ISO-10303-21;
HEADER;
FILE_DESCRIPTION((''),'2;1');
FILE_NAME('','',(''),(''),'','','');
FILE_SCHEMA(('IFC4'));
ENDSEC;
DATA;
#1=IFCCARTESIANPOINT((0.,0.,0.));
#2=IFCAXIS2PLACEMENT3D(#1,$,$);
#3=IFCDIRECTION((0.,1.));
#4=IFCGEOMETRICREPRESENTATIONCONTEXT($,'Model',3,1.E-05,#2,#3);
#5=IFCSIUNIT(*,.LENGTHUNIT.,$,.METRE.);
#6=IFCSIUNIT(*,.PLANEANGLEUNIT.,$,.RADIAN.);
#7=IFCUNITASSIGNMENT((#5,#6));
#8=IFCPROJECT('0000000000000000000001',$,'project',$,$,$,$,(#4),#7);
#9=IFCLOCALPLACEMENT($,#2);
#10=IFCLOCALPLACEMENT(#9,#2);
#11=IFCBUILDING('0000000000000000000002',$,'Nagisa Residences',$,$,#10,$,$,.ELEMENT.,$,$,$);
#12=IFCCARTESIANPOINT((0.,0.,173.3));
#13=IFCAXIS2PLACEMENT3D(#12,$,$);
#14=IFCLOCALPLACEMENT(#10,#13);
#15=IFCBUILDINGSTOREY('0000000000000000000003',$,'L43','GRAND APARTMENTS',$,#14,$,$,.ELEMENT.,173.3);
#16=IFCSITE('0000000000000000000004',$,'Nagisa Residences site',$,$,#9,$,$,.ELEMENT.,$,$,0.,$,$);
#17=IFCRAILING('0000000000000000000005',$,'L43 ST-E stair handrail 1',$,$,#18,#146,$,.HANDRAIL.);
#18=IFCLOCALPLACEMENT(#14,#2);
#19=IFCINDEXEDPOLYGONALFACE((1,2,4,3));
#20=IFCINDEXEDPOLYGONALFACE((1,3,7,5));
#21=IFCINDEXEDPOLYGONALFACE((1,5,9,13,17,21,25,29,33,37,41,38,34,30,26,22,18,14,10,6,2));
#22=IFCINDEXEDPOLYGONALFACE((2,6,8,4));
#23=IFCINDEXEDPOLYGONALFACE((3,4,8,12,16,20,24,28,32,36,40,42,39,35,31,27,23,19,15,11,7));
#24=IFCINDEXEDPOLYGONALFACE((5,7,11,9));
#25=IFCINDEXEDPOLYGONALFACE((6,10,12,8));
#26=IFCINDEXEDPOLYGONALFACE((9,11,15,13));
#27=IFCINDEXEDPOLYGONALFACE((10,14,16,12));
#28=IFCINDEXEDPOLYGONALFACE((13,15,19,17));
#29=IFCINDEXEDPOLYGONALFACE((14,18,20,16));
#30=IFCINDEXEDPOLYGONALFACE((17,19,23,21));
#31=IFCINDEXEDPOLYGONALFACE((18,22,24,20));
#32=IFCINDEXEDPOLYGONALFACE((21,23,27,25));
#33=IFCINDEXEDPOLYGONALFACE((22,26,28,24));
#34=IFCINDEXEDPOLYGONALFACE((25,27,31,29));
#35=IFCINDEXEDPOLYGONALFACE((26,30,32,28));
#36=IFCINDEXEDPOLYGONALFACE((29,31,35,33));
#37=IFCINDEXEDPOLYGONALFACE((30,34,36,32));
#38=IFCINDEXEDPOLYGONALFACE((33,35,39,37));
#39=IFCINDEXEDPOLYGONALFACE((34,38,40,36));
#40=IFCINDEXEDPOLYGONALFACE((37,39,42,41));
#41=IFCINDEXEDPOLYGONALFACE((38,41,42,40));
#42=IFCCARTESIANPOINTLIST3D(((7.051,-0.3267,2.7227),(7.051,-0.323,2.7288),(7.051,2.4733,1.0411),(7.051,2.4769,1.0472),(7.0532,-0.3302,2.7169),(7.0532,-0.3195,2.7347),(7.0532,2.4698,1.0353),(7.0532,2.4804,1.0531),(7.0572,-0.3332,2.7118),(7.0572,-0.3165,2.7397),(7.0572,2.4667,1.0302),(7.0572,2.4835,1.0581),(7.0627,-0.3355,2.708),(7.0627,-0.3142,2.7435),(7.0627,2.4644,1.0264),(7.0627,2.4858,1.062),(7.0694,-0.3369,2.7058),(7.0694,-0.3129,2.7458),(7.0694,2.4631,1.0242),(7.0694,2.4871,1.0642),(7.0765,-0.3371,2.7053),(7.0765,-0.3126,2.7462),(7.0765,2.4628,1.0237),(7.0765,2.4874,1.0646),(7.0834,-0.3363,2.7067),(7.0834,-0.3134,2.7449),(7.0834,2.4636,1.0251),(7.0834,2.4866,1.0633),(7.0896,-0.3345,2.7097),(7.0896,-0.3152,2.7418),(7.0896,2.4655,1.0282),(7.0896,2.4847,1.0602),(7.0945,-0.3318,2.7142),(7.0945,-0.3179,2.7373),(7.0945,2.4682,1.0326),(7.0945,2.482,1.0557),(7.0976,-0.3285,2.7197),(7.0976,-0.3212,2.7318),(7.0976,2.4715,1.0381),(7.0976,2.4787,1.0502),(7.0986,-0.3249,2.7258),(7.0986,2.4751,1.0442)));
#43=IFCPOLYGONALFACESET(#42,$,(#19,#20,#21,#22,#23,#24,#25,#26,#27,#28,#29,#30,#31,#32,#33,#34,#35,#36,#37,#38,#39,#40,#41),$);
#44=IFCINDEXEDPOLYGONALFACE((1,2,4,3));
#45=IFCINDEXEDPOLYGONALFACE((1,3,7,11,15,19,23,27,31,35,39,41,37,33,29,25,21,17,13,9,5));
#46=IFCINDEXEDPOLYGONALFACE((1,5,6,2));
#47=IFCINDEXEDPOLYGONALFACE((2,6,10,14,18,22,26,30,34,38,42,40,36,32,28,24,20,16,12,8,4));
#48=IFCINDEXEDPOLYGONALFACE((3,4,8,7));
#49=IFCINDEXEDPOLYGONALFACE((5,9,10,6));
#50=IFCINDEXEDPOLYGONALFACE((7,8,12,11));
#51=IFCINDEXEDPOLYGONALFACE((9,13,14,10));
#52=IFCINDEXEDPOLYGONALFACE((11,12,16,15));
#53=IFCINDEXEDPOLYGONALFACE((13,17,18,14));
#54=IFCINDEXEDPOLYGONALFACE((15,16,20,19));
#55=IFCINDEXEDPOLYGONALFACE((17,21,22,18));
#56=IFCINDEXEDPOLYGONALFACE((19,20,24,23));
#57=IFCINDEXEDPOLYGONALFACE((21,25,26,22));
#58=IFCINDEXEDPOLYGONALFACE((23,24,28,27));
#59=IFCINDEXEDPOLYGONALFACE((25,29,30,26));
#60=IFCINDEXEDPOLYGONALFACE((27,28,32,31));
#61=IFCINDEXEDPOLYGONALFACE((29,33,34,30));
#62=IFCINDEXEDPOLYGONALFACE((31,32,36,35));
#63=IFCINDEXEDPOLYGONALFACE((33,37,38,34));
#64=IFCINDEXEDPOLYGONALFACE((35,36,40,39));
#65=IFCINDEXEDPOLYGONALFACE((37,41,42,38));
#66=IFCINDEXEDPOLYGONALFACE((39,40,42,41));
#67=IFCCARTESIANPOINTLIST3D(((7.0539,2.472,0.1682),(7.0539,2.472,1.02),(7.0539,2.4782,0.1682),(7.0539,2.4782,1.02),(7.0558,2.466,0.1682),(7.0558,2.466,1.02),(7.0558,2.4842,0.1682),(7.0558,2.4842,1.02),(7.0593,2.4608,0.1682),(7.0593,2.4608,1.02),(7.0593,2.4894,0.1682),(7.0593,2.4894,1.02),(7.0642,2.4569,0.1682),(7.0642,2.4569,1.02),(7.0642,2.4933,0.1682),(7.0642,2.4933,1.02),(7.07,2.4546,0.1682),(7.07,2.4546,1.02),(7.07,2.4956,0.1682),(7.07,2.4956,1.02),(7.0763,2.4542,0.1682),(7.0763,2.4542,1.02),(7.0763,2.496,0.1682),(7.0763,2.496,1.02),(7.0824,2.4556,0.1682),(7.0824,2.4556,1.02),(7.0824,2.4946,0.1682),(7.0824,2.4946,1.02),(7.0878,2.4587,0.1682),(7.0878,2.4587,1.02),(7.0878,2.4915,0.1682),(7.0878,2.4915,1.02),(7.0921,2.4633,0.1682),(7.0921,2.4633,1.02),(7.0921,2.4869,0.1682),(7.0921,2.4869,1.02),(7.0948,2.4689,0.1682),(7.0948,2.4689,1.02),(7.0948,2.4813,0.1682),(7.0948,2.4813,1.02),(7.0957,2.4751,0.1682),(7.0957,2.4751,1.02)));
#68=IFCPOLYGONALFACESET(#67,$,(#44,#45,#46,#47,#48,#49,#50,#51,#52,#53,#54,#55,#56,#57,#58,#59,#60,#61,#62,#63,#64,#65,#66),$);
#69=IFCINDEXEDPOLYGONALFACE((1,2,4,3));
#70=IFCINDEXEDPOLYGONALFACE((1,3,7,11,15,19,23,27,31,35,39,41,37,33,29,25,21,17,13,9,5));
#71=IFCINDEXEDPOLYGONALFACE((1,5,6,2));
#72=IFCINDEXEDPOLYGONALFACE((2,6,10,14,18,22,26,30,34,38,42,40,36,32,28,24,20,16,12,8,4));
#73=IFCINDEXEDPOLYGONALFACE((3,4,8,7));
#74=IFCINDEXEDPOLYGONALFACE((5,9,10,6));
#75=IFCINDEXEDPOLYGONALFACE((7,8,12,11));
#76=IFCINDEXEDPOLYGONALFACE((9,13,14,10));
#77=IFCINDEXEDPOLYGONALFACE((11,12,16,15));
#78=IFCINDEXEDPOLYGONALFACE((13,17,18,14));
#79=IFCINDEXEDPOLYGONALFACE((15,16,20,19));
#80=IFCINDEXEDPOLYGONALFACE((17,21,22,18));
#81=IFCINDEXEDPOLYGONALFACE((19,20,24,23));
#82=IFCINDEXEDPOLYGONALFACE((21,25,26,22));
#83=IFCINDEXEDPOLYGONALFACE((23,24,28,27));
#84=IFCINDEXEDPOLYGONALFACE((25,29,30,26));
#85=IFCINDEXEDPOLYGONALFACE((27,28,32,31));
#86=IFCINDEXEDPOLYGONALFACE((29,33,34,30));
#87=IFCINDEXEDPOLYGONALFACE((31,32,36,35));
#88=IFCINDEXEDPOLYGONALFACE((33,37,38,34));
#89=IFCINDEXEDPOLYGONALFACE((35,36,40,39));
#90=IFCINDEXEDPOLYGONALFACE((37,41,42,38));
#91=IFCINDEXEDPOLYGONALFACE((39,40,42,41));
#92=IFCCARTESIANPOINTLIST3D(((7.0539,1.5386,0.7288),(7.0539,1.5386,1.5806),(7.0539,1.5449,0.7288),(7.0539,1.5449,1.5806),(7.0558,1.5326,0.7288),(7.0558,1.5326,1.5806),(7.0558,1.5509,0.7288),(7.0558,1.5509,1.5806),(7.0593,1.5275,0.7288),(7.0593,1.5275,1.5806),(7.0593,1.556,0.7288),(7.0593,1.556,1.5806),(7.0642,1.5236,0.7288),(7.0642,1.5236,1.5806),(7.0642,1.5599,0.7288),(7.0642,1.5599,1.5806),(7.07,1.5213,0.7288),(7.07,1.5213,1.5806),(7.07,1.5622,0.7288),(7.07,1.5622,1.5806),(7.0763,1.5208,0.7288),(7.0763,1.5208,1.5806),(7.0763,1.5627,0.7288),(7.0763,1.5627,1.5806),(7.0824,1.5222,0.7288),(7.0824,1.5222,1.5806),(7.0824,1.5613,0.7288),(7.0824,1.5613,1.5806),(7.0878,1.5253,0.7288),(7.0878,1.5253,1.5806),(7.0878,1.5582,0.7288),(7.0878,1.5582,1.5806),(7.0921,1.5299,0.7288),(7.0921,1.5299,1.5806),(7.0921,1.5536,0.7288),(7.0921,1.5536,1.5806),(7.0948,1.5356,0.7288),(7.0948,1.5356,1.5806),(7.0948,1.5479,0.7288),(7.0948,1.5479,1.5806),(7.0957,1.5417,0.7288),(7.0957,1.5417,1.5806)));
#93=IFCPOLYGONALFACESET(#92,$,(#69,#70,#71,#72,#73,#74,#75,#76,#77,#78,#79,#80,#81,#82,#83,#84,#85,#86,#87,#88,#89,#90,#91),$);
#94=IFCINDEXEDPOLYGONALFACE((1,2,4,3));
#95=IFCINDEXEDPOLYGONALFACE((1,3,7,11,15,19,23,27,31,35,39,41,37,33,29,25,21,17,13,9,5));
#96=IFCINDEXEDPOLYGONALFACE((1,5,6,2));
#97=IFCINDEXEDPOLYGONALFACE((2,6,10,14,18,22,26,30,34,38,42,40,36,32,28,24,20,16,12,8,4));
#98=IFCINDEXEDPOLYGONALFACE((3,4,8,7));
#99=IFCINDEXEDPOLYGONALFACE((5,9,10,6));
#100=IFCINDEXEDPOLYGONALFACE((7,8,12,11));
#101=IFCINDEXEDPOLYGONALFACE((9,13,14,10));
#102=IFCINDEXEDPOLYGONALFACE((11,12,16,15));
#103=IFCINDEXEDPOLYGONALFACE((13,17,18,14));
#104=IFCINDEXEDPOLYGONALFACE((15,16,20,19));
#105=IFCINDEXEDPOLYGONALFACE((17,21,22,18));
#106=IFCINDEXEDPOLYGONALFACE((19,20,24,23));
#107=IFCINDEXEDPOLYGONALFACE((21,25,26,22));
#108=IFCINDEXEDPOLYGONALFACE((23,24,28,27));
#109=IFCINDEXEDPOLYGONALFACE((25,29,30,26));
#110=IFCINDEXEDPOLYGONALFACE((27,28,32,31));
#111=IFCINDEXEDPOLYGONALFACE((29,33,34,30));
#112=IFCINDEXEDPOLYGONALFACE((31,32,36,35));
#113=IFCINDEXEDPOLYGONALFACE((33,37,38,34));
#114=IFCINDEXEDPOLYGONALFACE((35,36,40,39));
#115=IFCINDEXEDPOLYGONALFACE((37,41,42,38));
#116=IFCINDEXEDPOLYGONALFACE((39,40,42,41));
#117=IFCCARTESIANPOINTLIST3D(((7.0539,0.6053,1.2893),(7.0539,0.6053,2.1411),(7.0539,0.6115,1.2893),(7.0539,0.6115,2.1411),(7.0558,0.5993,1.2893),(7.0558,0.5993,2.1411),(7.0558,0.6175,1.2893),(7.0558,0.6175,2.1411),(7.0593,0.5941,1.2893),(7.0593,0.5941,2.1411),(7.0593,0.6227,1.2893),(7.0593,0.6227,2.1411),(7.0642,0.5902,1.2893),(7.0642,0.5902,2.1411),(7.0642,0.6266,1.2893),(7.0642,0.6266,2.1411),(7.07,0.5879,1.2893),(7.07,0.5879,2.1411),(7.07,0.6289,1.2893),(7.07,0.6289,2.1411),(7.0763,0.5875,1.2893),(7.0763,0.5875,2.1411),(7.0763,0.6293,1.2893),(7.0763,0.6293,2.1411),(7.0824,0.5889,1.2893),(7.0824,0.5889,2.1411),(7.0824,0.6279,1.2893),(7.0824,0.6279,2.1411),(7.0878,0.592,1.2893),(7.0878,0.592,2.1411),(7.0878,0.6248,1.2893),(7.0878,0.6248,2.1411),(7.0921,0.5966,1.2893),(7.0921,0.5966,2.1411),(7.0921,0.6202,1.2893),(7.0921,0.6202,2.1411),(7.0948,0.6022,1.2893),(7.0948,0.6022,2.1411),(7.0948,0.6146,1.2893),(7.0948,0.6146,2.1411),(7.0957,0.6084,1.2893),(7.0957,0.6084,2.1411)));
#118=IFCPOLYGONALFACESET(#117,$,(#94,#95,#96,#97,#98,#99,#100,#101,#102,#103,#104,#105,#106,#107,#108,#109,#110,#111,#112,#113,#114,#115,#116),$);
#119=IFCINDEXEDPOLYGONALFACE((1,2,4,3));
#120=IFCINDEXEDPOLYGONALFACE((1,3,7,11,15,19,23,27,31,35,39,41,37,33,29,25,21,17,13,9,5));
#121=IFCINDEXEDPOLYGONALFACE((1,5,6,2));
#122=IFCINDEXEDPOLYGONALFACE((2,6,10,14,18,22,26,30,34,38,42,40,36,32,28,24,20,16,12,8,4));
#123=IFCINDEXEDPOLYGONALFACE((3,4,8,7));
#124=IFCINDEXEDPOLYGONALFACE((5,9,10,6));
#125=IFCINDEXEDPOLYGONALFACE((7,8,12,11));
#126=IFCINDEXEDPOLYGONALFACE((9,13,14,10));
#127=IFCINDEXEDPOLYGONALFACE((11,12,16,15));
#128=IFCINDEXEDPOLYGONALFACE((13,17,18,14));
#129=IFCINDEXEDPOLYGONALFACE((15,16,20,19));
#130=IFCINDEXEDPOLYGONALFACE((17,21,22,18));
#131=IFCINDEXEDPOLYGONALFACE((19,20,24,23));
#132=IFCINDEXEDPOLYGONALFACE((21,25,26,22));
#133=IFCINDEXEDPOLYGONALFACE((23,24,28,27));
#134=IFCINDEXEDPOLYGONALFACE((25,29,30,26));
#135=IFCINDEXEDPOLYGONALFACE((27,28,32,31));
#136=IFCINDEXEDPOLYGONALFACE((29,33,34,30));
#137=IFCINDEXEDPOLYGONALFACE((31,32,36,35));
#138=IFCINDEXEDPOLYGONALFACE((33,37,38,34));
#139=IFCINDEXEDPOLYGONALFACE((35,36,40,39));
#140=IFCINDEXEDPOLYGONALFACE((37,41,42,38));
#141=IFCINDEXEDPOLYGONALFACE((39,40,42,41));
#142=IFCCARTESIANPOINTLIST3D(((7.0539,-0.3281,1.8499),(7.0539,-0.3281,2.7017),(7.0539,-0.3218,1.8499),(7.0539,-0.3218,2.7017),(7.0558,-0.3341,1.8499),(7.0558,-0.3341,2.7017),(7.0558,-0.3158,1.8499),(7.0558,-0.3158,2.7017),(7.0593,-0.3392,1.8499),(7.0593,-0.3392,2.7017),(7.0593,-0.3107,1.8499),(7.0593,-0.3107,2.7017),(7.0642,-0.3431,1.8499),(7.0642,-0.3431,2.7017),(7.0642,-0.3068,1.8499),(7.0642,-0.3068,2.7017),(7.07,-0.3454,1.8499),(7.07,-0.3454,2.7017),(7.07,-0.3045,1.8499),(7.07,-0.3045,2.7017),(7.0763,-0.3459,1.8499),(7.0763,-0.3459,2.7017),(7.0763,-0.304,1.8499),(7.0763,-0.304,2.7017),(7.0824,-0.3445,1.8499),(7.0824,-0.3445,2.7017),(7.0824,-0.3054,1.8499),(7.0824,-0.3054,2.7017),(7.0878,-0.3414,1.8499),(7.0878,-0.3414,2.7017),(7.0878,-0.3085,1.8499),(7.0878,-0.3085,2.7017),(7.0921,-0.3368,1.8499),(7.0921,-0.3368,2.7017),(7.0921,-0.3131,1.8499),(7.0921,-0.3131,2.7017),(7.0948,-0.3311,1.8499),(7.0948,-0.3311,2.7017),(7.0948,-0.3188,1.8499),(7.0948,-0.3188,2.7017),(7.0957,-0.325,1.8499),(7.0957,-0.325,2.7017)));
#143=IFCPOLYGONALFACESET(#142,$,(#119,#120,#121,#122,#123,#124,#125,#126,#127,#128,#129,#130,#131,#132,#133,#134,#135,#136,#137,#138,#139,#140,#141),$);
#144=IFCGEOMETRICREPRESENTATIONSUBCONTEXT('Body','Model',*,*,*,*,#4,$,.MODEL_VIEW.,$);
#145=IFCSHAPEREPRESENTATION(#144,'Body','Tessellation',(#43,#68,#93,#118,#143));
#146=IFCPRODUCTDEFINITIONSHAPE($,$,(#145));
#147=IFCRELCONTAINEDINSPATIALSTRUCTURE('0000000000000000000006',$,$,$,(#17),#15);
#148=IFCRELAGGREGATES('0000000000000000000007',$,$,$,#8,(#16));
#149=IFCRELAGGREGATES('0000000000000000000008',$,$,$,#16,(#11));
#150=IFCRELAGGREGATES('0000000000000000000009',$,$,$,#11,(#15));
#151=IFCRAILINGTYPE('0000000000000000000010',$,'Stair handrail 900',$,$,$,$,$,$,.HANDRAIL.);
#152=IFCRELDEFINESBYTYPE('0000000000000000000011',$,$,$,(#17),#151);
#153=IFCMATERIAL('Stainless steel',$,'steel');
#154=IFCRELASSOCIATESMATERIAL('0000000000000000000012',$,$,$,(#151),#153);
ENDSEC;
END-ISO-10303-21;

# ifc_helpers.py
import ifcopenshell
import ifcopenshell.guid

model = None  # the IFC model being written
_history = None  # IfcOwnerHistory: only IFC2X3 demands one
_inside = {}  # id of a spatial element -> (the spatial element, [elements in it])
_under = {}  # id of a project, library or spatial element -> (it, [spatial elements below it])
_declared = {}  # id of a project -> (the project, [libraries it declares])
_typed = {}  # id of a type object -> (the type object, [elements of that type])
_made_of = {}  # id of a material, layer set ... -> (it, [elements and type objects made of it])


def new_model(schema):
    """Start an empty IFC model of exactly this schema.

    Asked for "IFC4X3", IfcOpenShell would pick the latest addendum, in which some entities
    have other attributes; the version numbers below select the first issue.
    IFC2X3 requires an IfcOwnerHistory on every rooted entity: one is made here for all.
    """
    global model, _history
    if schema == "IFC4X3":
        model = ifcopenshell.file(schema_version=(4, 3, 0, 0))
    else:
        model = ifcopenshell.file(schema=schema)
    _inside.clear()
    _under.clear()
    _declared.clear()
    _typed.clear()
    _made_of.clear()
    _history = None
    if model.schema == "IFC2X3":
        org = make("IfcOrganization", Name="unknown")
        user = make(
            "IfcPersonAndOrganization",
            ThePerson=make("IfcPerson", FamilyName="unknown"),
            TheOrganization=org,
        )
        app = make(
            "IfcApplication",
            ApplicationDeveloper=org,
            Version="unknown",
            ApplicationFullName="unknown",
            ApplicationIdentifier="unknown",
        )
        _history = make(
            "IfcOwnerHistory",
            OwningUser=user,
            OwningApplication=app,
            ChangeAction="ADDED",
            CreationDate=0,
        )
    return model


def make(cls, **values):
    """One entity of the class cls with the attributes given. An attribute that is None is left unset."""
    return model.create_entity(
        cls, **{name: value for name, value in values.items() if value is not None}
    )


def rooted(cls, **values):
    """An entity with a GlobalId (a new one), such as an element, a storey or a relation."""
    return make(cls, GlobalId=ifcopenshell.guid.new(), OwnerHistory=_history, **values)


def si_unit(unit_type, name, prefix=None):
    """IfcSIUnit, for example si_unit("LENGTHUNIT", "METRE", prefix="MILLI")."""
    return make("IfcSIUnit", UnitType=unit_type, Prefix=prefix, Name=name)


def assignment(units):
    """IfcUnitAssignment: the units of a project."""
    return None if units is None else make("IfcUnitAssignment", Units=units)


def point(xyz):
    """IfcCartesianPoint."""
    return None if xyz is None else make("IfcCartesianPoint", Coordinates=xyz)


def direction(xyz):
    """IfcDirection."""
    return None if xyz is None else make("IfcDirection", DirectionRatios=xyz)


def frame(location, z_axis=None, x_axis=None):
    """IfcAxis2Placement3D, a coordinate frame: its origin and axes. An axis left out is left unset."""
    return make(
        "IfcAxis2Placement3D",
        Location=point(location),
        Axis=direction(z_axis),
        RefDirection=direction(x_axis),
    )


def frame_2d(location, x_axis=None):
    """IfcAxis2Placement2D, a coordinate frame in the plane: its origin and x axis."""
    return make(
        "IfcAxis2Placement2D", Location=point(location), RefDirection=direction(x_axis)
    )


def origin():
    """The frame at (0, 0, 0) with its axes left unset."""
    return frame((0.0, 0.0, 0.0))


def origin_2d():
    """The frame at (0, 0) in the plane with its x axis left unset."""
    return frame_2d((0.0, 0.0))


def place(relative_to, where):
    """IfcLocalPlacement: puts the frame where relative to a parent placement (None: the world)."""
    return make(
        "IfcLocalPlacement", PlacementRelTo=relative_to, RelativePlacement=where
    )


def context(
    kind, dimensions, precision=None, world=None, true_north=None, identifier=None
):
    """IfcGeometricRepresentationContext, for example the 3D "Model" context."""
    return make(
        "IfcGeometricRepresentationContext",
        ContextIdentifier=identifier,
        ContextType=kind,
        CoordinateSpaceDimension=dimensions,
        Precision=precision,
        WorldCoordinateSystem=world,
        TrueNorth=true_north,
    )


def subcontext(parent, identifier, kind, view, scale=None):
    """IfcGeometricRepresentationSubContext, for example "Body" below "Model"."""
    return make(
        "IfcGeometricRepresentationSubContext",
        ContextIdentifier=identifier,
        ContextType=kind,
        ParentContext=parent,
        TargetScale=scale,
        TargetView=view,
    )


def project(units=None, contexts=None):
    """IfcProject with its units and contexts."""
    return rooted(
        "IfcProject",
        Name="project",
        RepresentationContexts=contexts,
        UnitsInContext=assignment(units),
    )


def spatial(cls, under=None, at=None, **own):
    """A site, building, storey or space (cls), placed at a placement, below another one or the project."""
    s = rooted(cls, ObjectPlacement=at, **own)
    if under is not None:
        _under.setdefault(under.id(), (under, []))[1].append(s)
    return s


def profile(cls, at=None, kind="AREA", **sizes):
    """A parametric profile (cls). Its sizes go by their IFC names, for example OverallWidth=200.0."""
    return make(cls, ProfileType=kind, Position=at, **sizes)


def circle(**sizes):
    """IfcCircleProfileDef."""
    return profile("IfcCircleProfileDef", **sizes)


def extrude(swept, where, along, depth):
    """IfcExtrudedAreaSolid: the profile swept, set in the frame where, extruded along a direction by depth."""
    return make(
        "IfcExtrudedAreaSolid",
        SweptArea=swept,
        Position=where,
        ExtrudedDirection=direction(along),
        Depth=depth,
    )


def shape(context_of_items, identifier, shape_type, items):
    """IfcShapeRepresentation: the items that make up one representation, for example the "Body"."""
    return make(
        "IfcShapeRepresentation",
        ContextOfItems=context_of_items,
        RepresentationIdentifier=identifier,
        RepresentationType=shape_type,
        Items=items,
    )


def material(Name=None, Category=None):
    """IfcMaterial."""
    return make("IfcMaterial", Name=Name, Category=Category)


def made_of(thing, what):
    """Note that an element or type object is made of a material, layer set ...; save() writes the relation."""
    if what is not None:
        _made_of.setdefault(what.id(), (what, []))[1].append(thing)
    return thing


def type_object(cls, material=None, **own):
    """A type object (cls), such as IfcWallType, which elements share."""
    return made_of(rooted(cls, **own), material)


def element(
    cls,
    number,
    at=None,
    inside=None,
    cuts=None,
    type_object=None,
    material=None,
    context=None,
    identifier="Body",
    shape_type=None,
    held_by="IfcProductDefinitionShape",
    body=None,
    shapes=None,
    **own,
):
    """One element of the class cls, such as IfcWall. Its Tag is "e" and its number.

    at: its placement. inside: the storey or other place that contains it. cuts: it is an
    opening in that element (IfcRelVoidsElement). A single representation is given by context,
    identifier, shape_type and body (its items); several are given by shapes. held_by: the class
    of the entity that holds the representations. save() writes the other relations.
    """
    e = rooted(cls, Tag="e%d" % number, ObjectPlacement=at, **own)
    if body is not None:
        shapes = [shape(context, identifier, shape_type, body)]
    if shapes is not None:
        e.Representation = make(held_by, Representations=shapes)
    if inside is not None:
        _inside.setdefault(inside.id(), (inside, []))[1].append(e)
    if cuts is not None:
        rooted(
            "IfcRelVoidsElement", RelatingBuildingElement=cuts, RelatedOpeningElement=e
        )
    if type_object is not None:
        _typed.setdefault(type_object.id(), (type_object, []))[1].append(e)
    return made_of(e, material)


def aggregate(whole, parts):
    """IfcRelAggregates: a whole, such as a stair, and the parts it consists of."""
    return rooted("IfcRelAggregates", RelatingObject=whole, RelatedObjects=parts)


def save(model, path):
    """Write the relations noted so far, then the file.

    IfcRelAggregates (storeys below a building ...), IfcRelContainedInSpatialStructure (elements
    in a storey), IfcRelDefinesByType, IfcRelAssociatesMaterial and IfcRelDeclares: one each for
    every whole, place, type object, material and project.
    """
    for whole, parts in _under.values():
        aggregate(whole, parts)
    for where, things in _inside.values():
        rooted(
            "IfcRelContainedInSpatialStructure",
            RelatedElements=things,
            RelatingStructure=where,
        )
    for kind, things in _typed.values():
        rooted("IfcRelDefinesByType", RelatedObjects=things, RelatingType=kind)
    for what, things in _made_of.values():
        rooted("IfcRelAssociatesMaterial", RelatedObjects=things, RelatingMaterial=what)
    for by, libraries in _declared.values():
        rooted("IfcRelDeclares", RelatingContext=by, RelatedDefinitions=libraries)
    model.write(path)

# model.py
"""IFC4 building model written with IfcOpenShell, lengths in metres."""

from ifc_helpers import new_model, si_unit, direction, frame, origin, origin_2d, place, context, subcontext, project, spatial, circle, extrude, material, type_object, element, save


model = new_model("IFC4")

# Units and contexts
model_context = context("Model", 3, precision=1e-05, world=origin(), true_north=direction((0.0, 1.0)))
body_context = subcontext(model_context, "Body", "Model", "MODEL_VIEW")
ifc_project = project(units=[si_unit("LENGTHUNIT", "METRE"), si_unit("PLANEANGLEUNIT", "RADIAN")], contexts=[model_context])

# Site, building, storey
site_placement = place(None, origin())
site = spatial("IfcSite", under=ifc_project, at=site_placement, Name="Nagisa Residences site", CompositionType="ELEMENT", RefElevation=0.0)
building_placement = place(site_placement, origin())
building = spatial("IfcBuilding", under=site, at=building_placement, Name="Nagisa Residences", CompositionType="ELEMENT")
storey_placement = place(building_placement, frame((0.0, 0.0, 173.3)))
storey = spatial("IfcBuildingStorey", under=building, at=storey_placement, Name="L43", Description="GRAND APARTMENTS", CompositionType="ELEMENT", Elevation=173.3)

# Railing
ifc_material_1 = material(Name="Stainless steel", Category="steel")
railing_type_1 = type_object("IfcRailingType", Name="Stair handrail 900", PredefinedType="HANDRAIL", material=ifc_material_1)
railing_1_placement = place(storey_placement, frame((7.0747, 2.4751, 0.1682)))
element("IfcRailing", 1, at=railing_1_placement, inside=storey, type_object=railing_type_1, Name="L43 ST-E stair handrail 1", PredefinedType="HANDRAIL", context=body_context, shape_type="SweptSolid", body=[
    extrude(circle(Radius=0.0239, at=origin_2d()), frame((0.0, 0.0, 0.876), z_axis=(0.0, -0.857275, 0.514858), x_axis=(1.0, 0.0, 0.0)), (0.0, 0.0, 1.0), 3.2661),
    extrude(circle(Radius=0.021, at=origin_2d()), origin(), (0.0, 0.0, 1.0), 0.8518),
    extrude(circle(Radius=0.021, at=origin_2d()), frame((0.0, -0.9333, 0.5605)), (0.0, 0.0, 1.0), 0.8518),
    extrude(circle(Radius=0.021, at=origin_2d()), frame((0.0, -1.8667, 1.1211)), (0.0, 0.0, 1.0), 0.8518),
    extrude(circle(Radius=0.021, at=origin_2d()), frame((0.0, -2.8, 1.6816)), (0.0, 0.0, 1.0), 0.8518),
])

save(model, "model.ifc")
